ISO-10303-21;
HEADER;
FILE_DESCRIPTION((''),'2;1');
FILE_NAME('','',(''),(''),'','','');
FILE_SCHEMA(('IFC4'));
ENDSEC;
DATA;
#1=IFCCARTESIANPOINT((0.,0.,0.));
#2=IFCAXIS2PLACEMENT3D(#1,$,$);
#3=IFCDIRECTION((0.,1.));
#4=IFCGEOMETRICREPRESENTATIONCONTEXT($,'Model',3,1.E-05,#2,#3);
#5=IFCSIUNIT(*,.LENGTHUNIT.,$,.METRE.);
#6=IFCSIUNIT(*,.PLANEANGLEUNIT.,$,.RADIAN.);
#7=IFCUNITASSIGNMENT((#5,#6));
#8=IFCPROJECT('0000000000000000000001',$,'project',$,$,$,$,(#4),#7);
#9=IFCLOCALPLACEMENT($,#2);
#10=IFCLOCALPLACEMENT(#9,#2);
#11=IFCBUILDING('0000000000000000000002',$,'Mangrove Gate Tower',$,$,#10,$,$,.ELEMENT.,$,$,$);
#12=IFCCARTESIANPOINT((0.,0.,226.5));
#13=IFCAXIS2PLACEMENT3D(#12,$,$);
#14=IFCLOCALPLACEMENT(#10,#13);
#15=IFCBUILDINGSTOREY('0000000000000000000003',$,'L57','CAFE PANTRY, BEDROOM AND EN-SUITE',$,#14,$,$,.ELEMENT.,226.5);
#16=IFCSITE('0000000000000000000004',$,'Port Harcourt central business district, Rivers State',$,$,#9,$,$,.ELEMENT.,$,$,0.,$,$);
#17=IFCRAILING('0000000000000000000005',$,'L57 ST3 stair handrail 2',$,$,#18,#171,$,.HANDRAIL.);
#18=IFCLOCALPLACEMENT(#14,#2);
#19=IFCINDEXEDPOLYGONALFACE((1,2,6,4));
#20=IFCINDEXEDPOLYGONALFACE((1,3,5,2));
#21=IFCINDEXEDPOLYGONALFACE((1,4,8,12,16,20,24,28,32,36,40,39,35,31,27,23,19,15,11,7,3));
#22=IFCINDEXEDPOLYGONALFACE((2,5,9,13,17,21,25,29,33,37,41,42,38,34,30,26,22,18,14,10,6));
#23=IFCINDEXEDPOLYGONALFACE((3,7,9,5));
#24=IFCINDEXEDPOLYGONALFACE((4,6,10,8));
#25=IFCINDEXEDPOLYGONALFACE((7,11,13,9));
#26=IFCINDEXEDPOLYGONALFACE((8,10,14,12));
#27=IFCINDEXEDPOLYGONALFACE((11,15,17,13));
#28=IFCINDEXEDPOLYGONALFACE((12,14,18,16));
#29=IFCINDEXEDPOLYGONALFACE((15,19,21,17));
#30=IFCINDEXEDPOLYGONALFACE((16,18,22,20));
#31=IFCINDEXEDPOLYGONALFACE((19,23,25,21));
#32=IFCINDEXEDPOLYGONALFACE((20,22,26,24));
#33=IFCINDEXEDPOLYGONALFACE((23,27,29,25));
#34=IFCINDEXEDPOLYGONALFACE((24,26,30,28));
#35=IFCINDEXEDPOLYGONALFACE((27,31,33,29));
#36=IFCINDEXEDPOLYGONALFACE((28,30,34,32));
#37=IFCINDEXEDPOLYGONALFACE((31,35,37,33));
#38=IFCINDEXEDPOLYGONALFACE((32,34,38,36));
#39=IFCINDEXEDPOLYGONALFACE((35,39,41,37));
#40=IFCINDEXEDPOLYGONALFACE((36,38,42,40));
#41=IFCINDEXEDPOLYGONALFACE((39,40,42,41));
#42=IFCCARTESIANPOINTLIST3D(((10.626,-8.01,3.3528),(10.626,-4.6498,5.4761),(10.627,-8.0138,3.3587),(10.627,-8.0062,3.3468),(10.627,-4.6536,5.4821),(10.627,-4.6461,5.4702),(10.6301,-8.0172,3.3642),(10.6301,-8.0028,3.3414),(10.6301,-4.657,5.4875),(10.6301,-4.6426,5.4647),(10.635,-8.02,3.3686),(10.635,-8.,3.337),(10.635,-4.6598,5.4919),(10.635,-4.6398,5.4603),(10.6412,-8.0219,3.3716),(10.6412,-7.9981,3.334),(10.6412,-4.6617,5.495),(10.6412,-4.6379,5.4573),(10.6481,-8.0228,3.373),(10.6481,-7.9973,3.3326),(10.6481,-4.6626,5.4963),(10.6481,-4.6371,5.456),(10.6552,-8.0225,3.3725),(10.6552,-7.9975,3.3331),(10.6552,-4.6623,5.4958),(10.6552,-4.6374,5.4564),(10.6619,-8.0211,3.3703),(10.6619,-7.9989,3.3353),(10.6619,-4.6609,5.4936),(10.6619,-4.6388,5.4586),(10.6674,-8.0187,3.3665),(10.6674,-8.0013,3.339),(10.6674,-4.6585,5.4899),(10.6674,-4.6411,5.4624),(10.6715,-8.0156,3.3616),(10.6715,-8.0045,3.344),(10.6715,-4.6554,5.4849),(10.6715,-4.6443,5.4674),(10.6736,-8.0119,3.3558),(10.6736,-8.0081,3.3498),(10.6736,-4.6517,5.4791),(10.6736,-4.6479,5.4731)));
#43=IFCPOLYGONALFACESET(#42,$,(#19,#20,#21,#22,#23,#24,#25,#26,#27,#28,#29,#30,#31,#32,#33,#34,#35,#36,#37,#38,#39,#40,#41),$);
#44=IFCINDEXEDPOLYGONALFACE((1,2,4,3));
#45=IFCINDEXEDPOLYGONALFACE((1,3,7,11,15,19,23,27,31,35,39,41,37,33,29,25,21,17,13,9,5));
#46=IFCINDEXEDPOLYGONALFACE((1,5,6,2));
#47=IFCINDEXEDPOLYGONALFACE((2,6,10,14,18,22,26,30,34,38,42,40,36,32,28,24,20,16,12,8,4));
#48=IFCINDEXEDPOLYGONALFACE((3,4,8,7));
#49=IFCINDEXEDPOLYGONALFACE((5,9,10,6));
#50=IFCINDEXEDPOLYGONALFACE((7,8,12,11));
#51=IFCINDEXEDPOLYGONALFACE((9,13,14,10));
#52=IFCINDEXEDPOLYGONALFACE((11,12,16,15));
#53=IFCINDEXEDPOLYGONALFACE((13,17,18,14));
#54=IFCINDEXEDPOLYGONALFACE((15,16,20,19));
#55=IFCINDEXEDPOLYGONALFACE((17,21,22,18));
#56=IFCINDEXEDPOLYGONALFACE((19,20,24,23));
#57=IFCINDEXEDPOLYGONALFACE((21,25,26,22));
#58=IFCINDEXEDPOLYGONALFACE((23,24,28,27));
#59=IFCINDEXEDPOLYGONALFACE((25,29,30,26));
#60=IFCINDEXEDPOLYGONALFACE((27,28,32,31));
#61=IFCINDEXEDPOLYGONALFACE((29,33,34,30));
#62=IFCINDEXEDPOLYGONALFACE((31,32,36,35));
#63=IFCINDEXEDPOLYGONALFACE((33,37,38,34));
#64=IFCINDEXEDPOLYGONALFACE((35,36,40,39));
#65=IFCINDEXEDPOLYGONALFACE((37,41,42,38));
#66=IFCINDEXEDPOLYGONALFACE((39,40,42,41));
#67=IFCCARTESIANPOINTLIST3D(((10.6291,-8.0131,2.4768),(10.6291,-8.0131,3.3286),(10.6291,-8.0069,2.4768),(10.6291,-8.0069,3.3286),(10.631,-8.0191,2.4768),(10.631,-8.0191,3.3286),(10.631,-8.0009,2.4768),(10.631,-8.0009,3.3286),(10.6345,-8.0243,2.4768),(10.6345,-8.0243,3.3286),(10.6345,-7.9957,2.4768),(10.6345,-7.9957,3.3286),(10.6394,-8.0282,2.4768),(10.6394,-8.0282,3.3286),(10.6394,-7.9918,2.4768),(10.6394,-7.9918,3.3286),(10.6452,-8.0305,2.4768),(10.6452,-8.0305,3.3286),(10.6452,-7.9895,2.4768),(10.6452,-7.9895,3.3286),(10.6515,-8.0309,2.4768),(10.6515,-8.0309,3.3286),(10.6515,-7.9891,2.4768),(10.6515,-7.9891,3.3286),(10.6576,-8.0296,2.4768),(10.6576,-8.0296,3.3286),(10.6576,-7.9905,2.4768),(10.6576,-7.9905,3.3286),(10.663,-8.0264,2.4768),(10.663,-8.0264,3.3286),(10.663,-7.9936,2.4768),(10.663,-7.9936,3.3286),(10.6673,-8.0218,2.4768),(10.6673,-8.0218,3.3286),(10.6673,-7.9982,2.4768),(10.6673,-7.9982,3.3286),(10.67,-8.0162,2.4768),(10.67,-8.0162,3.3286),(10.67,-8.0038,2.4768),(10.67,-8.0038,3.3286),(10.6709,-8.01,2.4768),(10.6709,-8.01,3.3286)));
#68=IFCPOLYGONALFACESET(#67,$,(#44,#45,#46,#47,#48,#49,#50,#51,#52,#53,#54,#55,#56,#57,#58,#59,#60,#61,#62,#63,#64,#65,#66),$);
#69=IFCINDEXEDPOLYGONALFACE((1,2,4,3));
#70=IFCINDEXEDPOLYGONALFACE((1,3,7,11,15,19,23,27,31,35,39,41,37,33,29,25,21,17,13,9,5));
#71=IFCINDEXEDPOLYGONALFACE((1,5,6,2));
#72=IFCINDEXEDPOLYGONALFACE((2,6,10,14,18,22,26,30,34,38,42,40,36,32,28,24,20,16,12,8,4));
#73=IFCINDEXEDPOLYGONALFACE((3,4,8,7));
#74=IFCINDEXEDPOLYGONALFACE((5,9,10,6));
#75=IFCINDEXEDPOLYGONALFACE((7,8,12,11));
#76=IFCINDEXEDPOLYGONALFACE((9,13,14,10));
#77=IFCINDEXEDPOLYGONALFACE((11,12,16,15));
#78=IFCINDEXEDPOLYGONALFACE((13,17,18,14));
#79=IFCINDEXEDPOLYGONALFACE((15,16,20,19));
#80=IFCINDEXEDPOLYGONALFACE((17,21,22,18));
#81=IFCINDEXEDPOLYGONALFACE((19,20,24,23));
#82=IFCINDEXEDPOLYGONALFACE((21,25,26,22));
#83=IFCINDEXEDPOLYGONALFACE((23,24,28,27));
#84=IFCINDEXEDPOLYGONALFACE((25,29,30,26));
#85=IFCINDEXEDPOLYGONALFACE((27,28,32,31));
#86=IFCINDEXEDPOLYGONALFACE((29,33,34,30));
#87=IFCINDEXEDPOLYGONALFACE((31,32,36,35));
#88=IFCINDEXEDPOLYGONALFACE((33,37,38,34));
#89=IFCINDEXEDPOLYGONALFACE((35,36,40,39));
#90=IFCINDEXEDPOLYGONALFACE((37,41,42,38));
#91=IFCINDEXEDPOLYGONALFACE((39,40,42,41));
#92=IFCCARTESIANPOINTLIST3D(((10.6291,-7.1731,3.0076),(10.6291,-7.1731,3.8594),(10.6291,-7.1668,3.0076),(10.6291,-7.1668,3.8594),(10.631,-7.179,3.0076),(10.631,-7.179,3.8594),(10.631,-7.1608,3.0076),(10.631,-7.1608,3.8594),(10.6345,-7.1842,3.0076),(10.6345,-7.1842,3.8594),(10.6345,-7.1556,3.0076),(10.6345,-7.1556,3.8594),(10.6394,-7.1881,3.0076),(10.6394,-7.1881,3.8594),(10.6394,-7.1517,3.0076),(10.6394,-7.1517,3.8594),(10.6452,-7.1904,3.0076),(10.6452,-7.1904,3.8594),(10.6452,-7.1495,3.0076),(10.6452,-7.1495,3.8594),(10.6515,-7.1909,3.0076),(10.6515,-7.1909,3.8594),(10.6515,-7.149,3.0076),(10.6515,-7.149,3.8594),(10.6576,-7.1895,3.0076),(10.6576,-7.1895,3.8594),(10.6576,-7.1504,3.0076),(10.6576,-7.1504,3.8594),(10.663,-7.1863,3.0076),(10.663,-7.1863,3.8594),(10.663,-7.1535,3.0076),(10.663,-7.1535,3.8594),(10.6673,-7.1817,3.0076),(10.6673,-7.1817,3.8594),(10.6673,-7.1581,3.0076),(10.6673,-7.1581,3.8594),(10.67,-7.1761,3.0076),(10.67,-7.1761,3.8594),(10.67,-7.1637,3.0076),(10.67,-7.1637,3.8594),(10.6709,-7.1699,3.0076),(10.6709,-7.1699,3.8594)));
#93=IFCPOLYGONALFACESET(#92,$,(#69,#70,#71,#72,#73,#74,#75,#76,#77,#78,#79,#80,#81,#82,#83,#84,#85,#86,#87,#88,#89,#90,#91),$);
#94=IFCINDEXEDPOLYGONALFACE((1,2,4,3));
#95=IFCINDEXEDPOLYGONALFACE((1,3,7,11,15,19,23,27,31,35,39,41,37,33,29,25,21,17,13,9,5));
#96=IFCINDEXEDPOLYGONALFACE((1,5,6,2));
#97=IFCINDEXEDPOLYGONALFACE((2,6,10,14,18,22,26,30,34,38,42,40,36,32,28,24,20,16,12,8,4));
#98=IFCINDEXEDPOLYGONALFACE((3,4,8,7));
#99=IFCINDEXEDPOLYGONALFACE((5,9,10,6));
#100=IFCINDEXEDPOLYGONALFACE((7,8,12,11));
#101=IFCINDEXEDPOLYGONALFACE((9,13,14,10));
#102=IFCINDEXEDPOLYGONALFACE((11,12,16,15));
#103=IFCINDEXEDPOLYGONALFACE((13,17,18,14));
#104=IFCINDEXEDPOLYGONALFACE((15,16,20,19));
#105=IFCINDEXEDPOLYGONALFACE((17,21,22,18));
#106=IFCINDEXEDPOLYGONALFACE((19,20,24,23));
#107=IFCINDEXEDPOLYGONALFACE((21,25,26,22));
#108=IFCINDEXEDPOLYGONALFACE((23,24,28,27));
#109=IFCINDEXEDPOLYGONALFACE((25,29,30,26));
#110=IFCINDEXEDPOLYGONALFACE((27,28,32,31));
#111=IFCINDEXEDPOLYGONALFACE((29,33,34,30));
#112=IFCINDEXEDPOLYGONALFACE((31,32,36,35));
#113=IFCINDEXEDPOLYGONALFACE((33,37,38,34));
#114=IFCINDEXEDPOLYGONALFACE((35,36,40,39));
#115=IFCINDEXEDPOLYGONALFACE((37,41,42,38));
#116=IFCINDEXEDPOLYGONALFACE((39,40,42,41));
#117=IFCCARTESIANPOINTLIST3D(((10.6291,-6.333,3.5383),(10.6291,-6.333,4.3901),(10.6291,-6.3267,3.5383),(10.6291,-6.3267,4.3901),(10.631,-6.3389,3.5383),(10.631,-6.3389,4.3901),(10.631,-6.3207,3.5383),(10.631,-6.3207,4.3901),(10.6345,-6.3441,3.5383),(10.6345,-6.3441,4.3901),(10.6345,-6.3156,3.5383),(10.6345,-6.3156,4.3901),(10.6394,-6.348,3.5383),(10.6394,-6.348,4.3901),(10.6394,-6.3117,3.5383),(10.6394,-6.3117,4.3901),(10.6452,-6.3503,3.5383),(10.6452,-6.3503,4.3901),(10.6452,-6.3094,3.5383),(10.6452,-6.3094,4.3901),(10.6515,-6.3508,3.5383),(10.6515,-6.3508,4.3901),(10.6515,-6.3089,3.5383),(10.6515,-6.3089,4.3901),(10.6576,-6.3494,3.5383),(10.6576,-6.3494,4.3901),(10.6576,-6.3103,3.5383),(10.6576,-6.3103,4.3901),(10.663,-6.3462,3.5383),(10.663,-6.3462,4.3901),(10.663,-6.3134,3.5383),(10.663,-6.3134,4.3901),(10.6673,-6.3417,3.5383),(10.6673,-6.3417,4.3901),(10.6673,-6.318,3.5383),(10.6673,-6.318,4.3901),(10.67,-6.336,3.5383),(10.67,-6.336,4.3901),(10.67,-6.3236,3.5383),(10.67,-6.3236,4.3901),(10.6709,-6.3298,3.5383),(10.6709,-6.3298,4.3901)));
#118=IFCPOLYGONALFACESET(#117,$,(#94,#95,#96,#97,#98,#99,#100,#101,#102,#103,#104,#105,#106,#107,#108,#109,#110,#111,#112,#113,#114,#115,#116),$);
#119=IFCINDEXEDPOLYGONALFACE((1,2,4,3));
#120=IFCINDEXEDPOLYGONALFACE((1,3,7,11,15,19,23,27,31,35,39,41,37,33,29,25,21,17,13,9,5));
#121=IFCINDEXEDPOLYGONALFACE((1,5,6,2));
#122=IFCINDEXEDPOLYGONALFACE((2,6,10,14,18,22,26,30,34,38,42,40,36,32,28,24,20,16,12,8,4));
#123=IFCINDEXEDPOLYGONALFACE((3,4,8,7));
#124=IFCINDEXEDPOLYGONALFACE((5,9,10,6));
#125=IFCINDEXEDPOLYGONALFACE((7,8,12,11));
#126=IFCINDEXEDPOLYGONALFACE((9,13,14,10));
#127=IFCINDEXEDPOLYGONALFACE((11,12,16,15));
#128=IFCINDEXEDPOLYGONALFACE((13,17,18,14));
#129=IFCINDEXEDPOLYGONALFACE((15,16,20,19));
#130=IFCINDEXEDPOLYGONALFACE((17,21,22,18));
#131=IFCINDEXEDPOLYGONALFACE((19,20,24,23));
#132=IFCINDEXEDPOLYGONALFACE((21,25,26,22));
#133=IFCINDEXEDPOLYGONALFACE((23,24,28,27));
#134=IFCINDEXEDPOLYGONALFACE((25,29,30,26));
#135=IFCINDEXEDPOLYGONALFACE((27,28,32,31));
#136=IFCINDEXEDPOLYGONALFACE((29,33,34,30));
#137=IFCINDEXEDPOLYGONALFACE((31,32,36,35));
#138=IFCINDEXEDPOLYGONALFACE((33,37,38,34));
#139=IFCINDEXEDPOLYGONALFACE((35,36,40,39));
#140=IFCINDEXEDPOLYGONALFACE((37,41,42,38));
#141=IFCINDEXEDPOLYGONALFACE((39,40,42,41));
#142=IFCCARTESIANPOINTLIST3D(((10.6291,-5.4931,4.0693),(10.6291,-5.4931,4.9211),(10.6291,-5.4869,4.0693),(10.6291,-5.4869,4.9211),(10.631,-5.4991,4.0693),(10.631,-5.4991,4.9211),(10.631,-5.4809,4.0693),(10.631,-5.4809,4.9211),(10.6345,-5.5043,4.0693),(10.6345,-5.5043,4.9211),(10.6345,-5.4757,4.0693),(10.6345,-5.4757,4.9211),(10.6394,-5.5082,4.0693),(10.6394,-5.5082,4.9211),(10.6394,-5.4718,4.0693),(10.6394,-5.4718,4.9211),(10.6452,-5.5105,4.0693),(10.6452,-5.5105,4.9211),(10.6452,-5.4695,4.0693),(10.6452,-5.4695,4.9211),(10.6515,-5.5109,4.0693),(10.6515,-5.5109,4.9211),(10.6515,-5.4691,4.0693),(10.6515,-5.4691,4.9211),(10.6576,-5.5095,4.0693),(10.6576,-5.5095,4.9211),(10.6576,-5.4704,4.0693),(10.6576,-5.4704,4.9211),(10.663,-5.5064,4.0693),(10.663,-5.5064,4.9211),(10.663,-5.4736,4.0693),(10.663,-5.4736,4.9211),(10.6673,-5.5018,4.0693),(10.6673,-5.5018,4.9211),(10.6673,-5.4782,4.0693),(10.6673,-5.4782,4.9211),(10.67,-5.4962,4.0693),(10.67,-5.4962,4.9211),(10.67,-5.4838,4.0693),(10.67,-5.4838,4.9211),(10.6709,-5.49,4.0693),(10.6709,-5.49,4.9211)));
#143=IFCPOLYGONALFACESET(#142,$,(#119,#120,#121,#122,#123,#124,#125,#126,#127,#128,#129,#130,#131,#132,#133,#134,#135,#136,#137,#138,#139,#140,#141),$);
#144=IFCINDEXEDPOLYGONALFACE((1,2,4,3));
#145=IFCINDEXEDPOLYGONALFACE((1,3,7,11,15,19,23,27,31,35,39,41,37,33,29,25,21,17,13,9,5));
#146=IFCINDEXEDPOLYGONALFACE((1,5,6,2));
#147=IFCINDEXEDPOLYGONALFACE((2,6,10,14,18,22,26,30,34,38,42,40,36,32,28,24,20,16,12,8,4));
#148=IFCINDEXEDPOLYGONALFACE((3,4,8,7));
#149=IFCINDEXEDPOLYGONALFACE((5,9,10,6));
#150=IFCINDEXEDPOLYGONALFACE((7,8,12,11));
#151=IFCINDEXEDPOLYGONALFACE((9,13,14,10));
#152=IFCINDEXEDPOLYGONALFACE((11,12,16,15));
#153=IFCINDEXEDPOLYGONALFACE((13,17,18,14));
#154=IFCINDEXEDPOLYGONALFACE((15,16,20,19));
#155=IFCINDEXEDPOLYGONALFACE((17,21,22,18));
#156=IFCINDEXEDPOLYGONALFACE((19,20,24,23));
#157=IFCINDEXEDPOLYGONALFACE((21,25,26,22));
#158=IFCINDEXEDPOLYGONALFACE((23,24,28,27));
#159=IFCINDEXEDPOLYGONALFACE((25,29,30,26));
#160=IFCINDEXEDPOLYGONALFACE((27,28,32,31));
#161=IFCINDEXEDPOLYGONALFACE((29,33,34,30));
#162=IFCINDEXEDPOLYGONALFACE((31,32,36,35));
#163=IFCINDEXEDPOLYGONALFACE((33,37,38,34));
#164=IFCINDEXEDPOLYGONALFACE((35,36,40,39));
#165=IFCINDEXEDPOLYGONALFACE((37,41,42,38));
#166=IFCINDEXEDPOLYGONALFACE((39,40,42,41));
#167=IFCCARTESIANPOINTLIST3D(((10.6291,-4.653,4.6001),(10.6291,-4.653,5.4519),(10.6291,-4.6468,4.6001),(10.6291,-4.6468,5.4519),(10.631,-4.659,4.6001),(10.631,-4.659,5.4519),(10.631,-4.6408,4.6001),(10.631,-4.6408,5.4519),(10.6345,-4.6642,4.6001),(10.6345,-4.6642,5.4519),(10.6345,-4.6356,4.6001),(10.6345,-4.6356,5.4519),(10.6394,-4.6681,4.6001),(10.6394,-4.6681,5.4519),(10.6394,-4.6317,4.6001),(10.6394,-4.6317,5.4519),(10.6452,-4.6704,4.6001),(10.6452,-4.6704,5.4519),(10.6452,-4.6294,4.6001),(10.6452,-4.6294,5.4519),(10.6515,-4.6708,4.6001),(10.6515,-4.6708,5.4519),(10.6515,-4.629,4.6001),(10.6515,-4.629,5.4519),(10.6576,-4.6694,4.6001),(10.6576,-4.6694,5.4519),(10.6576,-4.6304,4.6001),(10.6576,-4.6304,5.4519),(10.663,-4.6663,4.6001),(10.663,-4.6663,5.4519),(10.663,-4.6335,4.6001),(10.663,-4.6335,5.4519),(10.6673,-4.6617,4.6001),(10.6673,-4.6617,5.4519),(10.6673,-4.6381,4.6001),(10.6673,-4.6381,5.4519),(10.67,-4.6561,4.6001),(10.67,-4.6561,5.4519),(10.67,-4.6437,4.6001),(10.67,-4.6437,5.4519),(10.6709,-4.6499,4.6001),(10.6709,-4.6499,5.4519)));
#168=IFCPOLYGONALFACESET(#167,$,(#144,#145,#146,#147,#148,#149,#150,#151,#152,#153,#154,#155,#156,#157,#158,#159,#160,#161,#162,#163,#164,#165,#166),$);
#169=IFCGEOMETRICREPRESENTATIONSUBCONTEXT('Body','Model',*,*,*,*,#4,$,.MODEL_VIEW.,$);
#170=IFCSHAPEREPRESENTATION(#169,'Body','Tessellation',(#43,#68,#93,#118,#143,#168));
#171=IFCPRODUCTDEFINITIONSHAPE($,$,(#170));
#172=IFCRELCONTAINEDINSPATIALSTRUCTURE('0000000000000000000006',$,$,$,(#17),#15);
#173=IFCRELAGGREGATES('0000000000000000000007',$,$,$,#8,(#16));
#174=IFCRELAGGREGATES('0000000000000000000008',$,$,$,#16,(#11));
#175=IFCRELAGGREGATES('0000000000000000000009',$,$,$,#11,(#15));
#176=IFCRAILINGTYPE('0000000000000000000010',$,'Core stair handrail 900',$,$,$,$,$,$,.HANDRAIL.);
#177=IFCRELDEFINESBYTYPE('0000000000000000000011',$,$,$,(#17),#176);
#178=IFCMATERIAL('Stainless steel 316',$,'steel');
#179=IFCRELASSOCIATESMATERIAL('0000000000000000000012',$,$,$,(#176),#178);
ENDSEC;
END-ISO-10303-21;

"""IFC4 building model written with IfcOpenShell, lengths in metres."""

from ifc_helpers import new_model, si_unit, direction, frame, origin, origin_2d, place, context, subcontext, project, spatial, circle, extrude, material, type_object, element, save


model = new_model("IFC4")

# Units and contexts
model_context = context("Model", 3, precision=1e-05, world=origin(), true_north=direction((0.0, 1.0)))
body_context = subcontext(model_context, "Body", "Model", "MODEL_VIEW")
ifc_project = project(units=[si_unit("LENGTHUNIT", "METRE"), si_unit("PLANEANGLEUNIT", "RADIAN")], contexts=[model_context])

# Site, building, storey
site_placement = place(None, origin())
site = spatial("IfcSite", under=ifc_project, at=site_placement, Name="Port Harcourt central business district, Rivers State", CompositionType="ELEMENT", RefElevation=0.0)
building_placement = place(site_placement, origin())
building = spatial("IfcBuilding", under=site, at=building_placement, Name="Mangrove Gate Tower", CompositionType="ELEMENT")
storey_placement = place(building_placement, frame((0.0, 0.0, 226.5)))
storey = spatial("IfcBuildingStorey", under=building, at=storey_placement, Name="L57", Description="CAFE PANTRY, BEDROOM AND EN-SUITE", CompositionType="ELEMENT", Elevation=226.5)

# Railing
ifc_material_1 = material(Name="Stainless steel 316", Category="steel")
railing_type_1 = type_object("IfcRailingType", Name="Core stair handrail 900", PredefinedType="HANDRAIL", material=ifc_material_1)
railing_1_placement = place(storey_placement, frame((10.6499, -8.01, 2.4768)))
element("IfcRailing", 1, at=railing_1_placement, inside=storey, type_object=railing_type_1, Name="L57 ST3 stair handrail 2", PredefinedType="HANDRAIL", context=body_context, shape_type="SweptSolid", body=[
    extrude(circle(Radius=0.0239, at=origin_2d()), frame((0.0, 0.0, 0.876), z_axis=(0.0, 0.845362, 0.534194), x_axis=(-1.0, 0.0, 0.0)), (0.0, 0.0, 1.0), 3.9749),
    extrude(circle(Radius=0.021, at=origin_2d()), origin(), (0.0, 0.0, 1.0), 0.8518),
    extrude(circle(Radius=0.021, at=origin_2d()), frame((0.0, 0.8401, 0.5308)), (0.0, 0.0, 1.0), 0.8518),
    extrude(circle(Radius=0.021, at=origin_2d()), frame((0.0, 1.6802, 1.0615)), (0.0, 0.0, 1.0), 0.8518),
    extrude(circle(Radius=0.021, at=origin_2d()), frame((0.0, 2.52, 1.5925)), (0.0, 0.0, 1.0), 0.8518),
    extrude(circle(Radius=0.021, at=origin_2d()), frame((0.0, 3.3601, 2.1233)), (0.0, 0.0, 1.0), 0.8518),
])

save(model, "model.ifc")
